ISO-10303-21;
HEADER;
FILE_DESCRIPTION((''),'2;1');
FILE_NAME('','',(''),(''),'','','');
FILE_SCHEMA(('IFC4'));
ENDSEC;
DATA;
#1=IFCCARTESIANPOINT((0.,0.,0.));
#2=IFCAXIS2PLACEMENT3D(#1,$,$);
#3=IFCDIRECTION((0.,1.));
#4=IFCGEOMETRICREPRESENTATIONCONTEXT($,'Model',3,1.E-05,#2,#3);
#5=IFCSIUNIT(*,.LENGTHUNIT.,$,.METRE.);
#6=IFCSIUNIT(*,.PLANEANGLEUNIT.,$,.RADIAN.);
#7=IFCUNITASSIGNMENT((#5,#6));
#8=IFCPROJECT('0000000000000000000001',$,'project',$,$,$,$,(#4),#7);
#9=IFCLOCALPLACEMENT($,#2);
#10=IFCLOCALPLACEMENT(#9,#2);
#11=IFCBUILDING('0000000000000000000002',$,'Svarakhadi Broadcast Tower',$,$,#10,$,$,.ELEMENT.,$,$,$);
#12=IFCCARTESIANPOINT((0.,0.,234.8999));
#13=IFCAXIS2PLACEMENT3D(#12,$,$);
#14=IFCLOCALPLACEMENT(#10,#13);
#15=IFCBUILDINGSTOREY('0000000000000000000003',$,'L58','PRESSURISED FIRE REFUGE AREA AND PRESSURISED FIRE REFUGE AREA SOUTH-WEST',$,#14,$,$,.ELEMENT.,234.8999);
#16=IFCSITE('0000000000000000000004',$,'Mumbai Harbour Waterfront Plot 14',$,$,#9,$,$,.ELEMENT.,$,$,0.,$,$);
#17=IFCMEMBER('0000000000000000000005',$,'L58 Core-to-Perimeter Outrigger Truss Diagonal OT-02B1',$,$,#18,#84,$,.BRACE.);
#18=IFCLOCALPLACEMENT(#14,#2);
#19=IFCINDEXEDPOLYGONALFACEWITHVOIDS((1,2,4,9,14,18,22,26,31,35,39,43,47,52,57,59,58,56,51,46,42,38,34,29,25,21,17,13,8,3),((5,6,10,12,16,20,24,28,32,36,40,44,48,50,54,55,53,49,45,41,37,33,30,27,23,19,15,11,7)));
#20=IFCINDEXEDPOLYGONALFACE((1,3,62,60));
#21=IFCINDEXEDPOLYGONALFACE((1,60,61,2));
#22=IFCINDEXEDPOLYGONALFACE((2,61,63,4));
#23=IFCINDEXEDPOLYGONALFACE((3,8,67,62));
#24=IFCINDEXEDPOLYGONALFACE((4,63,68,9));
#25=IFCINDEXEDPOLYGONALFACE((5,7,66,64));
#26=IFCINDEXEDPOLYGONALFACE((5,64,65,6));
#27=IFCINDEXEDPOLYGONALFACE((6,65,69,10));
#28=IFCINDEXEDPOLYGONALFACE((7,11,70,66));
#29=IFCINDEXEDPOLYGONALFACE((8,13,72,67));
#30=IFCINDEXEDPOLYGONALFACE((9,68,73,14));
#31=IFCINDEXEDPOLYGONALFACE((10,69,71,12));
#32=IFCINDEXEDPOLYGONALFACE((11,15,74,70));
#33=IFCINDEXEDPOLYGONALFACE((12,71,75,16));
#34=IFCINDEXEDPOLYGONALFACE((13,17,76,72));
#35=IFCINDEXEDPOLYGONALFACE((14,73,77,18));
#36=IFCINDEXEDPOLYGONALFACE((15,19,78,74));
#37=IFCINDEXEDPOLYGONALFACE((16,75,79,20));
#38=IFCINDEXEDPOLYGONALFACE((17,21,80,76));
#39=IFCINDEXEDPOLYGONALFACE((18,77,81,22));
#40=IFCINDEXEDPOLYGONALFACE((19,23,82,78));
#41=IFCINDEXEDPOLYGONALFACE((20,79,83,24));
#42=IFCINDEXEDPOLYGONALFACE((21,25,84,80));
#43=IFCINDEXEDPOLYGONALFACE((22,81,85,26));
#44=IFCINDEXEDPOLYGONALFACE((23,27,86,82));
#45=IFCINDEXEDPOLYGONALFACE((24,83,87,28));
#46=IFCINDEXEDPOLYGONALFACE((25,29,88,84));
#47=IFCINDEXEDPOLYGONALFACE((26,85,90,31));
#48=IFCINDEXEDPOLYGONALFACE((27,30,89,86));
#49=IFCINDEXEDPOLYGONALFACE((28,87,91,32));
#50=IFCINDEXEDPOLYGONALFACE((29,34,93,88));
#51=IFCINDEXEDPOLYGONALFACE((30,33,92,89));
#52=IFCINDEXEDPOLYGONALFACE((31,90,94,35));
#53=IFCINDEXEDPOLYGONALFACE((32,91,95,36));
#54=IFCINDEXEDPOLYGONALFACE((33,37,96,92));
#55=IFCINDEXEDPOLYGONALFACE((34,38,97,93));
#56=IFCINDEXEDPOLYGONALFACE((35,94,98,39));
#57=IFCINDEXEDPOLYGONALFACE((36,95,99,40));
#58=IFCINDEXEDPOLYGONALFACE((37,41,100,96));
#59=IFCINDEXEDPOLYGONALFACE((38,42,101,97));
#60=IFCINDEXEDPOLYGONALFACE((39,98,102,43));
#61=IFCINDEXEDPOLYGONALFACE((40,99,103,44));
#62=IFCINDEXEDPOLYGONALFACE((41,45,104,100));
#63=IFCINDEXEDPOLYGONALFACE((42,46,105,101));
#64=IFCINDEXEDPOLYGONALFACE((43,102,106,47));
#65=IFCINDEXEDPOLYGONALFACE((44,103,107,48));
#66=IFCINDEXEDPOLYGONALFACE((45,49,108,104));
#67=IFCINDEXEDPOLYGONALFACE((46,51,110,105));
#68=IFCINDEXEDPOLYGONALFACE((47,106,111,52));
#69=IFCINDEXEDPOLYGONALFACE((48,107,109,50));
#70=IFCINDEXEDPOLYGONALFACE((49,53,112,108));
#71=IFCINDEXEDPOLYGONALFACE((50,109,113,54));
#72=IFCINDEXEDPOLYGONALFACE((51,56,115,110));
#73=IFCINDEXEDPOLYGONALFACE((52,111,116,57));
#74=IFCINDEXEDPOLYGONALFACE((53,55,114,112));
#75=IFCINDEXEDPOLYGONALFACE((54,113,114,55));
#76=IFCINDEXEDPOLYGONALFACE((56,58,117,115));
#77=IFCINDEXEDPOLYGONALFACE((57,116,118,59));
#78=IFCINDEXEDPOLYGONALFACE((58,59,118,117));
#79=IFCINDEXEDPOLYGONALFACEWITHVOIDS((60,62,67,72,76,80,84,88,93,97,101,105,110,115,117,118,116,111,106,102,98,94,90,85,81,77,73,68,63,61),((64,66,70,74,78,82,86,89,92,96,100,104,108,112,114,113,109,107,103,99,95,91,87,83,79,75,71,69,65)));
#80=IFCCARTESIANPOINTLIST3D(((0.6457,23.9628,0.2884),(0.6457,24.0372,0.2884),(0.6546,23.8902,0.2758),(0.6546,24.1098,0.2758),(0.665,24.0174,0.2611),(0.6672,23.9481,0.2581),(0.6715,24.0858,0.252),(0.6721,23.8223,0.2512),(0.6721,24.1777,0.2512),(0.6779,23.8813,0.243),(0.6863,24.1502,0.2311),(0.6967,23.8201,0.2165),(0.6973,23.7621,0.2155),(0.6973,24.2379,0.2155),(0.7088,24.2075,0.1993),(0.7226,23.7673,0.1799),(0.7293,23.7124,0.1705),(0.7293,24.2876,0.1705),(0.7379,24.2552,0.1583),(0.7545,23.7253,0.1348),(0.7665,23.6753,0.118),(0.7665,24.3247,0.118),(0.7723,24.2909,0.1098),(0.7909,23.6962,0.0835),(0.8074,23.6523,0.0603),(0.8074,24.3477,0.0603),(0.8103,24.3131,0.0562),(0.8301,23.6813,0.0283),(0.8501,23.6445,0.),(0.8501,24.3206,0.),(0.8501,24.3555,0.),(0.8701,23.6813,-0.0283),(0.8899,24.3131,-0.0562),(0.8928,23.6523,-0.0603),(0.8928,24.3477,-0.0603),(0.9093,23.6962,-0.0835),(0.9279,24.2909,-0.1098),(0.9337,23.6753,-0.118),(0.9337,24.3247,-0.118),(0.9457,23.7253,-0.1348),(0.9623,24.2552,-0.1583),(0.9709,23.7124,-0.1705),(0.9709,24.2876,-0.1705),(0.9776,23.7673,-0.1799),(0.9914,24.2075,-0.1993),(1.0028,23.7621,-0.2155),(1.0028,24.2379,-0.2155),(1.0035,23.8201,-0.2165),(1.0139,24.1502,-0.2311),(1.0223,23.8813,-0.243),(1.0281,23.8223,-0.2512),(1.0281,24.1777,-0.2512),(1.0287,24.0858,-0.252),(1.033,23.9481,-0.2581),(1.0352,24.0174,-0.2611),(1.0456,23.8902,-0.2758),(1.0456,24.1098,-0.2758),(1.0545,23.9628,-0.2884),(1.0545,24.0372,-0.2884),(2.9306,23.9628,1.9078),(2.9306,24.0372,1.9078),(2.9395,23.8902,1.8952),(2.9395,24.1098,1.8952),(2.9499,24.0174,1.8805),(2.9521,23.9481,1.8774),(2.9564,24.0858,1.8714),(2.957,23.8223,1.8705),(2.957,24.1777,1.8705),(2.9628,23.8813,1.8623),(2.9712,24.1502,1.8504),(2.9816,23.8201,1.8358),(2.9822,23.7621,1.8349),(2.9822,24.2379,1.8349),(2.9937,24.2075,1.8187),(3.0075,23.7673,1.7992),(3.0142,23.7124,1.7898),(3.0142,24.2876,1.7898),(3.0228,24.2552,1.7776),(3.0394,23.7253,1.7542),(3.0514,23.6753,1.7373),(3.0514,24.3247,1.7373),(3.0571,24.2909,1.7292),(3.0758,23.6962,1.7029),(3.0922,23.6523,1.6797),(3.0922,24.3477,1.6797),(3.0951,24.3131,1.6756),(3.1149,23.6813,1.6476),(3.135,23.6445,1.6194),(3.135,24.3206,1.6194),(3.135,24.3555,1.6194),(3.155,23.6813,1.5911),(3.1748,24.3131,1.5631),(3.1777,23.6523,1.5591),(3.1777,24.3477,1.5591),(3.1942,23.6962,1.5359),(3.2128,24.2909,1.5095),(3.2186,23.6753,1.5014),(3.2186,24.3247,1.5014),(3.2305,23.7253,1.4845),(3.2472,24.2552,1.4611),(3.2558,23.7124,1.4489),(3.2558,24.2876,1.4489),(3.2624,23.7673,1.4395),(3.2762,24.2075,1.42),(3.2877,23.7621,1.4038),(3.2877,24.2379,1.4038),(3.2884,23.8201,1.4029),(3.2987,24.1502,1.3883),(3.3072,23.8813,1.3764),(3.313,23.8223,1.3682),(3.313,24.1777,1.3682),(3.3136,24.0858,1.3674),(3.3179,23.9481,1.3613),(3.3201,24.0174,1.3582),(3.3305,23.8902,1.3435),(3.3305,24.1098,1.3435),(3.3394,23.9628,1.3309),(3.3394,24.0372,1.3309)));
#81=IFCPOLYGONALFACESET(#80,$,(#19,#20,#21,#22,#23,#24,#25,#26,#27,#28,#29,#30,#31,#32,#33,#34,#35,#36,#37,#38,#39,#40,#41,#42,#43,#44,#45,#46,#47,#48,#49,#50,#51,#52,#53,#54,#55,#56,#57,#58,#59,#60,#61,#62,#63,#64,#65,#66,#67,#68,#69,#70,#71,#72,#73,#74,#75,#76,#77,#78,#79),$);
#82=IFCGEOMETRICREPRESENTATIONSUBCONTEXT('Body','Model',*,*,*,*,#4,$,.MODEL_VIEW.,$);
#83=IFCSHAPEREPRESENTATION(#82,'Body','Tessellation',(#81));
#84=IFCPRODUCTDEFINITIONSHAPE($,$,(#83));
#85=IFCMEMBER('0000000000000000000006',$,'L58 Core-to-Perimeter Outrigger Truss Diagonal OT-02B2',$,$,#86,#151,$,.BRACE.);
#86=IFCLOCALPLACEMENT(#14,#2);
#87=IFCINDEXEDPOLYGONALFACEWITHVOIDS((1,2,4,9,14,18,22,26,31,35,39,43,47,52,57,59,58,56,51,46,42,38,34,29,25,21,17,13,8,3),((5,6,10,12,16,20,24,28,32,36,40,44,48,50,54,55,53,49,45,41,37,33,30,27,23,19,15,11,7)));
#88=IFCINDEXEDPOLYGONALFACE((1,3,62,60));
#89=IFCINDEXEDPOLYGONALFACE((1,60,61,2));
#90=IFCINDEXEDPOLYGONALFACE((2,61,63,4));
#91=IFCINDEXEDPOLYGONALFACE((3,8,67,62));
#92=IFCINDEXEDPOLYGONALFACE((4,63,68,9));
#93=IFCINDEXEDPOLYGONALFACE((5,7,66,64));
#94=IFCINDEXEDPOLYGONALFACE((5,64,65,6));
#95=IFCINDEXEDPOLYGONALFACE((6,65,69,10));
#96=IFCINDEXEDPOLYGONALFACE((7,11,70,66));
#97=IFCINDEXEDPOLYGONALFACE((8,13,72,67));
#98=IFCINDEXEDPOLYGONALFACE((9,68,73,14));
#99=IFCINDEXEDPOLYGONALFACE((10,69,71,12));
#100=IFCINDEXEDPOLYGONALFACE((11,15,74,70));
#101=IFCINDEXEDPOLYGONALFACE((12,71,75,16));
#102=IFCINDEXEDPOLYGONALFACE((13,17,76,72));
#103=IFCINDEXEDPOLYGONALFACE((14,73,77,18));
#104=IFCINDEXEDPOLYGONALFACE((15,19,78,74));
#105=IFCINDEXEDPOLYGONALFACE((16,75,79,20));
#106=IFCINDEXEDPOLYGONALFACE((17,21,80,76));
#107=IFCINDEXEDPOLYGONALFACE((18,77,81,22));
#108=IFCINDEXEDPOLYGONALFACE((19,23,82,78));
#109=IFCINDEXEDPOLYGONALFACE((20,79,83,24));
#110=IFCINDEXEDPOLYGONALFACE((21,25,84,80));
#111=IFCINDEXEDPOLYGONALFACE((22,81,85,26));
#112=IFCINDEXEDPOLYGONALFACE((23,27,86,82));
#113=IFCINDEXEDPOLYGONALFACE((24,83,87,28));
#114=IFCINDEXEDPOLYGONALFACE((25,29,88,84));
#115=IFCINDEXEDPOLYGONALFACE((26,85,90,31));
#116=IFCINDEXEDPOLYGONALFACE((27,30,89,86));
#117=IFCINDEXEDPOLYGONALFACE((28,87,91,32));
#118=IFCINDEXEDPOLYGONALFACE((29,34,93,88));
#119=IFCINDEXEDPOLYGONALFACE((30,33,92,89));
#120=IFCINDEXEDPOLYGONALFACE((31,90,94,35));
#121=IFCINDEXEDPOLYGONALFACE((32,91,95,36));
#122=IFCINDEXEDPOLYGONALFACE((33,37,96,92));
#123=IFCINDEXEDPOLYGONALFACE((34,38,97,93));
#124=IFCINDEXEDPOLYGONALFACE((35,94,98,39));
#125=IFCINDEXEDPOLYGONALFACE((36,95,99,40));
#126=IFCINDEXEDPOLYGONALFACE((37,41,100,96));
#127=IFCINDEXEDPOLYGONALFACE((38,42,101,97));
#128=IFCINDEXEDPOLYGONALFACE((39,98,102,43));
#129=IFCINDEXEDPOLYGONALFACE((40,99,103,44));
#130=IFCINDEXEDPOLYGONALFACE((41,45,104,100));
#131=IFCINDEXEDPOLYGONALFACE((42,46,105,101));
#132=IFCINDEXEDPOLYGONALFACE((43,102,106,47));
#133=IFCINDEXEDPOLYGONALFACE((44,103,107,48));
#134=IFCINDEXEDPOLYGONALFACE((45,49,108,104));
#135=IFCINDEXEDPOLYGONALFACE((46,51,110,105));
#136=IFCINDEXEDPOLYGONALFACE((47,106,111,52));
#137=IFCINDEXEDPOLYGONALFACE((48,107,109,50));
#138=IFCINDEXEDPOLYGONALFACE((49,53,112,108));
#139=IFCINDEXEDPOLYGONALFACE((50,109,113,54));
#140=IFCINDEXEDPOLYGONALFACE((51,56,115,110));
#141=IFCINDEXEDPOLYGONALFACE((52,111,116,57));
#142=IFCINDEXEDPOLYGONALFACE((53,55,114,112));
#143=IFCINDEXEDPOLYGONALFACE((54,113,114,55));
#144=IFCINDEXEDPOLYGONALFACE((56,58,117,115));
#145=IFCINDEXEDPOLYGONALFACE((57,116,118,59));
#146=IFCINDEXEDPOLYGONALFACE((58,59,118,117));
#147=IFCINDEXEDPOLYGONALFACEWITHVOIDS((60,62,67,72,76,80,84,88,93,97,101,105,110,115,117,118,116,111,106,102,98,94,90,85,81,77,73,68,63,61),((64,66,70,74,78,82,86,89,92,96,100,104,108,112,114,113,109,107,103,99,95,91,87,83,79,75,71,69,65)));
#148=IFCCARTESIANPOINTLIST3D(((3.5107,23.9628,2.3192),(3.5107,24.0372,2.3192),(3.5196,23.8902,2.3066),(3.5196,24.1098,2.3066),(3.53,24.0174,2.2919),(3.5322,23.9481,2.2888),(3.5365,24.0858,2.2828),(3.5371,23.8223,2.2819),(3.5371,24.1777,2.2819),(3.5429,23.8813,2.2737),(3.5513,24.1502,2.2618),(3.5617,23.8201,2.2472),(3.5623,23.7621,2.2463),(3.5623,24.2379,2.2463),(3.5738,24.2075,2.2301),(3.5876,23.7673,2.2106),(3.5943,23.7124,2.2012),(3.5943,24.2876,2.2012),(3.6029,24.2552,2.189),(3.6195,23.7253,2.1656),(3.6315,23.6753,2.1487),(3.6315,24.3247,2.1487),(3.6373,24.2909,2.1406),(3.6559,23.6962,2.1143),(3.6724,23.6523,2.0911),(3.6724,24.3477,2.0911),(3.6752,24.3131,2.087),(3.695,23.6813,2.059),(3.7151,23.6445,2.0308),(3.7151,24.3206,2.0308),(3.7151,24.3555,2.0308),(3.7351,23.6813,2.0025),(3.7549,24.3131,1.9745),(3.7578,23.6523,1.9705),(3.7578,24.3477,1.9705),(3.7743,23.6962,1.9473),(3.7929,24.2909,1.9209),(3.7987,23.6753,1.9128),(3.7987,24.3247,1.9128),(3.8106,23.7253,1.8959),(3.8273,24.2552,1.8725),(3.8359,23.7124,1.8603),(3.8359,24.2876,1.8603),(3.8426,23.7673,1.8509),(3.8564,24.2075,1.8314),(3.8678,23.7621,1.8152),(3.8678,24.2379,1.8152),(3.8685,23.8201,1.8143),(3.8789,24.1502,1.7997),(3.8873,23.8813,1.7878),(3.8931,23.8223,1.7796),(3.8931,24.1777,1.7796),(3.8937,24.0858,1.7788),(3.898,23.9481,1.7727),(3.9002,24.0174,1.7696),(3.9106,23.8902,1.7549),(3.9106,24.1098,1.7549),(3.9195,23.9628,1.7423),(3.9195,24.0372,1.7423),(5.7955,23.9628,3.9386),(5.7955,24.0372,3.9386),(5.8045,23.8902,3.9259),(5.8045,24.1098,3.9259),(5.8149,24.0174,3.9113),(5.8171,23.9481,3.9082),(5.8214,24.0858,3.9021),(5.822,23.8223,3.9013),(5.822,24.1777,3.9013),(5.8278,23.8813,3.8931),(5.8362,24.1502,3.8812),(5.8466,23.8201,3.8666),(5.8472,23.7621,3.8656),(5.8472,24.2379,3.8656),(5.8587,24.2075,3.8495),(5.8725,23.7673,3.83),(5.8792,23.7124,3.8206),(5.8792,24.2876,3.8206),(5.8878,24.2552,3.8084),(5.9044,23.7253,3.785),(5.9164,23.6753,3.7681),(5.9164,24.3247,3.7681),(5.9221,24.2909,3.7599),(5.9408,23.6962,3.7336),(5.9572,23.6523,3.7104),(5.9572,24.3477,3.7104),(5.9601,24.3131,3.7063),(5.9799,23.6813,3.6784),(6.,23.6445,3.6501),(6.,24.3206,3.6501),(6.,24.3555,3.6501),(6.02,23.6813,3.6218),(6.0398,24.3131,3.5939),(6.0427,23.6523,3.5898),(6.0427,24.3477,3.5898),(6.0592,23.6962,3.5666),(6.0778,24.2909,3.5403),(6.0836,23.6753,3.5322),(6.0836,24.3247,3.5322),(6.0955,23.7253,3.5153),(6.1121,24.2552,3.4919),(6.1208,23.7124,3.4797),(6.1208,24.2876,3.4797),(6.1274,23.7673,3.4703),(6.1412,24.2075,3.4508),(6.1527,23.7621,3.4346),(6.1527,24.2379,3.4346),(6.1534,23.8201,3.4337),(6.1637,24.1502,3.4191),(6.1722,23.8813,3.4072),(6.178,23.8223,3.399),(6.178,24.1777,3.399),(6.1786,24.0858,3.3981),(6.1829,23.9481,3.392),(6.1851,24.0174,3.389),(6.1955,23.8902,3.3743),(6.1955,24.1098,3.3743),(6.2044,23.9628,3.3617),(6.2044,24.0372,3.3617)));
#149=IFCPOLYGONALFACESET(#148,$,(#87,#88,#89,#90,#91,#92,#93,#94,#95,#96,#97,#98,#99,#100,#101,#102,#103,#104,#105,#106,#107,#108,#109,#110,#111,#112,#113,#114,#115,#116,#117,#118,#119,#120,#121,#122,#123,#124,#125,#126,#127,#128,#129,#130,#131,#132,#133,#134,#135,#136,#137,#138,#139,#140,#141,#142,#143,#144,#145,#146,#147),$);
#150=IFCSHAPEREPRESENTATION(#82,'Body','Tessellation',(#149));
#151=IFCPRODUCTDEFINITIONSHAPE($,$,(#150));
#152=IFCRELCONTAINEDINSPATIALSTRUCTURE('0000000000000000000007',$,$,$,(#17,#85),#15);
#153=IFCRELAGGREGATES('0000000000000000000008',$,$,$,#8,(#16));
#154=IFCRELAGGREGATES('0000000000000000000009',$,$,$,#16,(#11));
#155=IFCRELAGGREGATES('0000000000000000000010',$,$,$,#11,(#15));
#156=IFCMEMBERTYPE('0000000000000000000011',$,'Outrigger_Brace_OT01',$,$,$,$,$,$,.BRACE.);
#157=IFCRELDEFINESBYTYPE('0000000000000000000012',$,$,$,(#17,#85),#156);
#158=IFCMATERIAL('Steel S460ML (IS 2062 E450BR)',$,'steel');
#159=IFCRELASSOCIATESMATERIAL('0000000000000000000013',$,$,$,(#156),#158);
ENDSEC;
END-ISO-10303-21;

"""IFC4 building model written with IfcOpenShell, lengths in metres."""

from ifc_helpers import new_model, si_unit, direction, frame, origin, origin_2d, place, context, subcontext, project, spatial, hollow_circle, extrude, material, material_profile, profile_set, type_object, element, save


model = new_model("IFC4")

# Units and contexts
model_context = context("Model", 3, precision=1e-05, world=origin(), true_north=direction((0.0, 1.0)))
body_context = subcontext(model_context, "Body", "Model", "MODEL_VIEW")
ifc_project = project(units=[si_unit("LENGTHUNIT", "METRE"), si_unit("PLANEANGLEUNIT", "RADIAN")], contexts=[model_context])

# Site, building, storey
site_placement = place(None, origin())
site = spatial("IfcSite", under=ifc_project, at=site_placement, Name="Mumbai Harbour Waterfront Plot 14", CompositionType="ELEMENT", RefElevation=0.0)
building_placement = place(site_placement, origin())
building = spatial("IfcBuilding", under=site, at=building_placement, Name="Svarakhadi Broadcast Tower", CompositionType="ELEMENT")
storey_placement = place(building_placement, frame((0.0, 0.0, 234.8999)))
storey = spatial("IfcBuildingStorey", under=building, at=storey_placement, Name="L58", Description="PRESSURISED FIRE REFUGE AREA AND PRESSURISED FIRE REFUGE AREA SOUTH-WEST", CompositionType="ELEMENT", Elevation=234.8999)

# Shared definitions
ifc_material_1 = material(Name="Steel S460ML (IS 2062 E450BR)", Category="steel")

# Members
ifc_material_profile_1 = material_profile(ifc_material_1, hollow_circle(Radius=0.3555, WallThickness=0.0349, at=origin_2d()), Name="CHS 711x35")
ifc_profile_set_1 = profile_set([ifc_material_profile_1], Name="Steel S460ML (IS 2062 E450BR)")
member_type_1 = type_object("IfcMemberType", Name="Outrigger_Brace_OT01", PredefinedType="BRACE", material=ifc_profile_set_1)
for number, where, z_axis, x_axis, name in (
    (1, (0.8501, 24.0, 0.0), (0.815872, 0.0, 0.578233), (0.0, 1.0, 0.0), "L58 Core-to-Perimeter Outrigger Truss Diagonal OT-02B1"),
    (2, (3.7151, 24.0, 2.0308), (0.815872, 0.0, 0.578233), (0.0, 1.0, 0.0), "L58 Core-to-Perimeter Outrigger Truss Diagonal OT-02B2"),
):
    element("IfcMember", number, at=place(storey_placement, frame(where, z_axis=z_axis, x_axis=x_axis)), inside=storey, type_object=member_type_1, Name=name, PredefinedType="BRACE", context=body_context, shape_type="SweptSolid", body=[
        extrude(hollow_circle(Radius=0.3555, WallThickness=0.0349, at=origin_2d()), origin(), (0.0, 0.0, 1.0), 2.8005),
    ])

save(model, "model.ifc")
